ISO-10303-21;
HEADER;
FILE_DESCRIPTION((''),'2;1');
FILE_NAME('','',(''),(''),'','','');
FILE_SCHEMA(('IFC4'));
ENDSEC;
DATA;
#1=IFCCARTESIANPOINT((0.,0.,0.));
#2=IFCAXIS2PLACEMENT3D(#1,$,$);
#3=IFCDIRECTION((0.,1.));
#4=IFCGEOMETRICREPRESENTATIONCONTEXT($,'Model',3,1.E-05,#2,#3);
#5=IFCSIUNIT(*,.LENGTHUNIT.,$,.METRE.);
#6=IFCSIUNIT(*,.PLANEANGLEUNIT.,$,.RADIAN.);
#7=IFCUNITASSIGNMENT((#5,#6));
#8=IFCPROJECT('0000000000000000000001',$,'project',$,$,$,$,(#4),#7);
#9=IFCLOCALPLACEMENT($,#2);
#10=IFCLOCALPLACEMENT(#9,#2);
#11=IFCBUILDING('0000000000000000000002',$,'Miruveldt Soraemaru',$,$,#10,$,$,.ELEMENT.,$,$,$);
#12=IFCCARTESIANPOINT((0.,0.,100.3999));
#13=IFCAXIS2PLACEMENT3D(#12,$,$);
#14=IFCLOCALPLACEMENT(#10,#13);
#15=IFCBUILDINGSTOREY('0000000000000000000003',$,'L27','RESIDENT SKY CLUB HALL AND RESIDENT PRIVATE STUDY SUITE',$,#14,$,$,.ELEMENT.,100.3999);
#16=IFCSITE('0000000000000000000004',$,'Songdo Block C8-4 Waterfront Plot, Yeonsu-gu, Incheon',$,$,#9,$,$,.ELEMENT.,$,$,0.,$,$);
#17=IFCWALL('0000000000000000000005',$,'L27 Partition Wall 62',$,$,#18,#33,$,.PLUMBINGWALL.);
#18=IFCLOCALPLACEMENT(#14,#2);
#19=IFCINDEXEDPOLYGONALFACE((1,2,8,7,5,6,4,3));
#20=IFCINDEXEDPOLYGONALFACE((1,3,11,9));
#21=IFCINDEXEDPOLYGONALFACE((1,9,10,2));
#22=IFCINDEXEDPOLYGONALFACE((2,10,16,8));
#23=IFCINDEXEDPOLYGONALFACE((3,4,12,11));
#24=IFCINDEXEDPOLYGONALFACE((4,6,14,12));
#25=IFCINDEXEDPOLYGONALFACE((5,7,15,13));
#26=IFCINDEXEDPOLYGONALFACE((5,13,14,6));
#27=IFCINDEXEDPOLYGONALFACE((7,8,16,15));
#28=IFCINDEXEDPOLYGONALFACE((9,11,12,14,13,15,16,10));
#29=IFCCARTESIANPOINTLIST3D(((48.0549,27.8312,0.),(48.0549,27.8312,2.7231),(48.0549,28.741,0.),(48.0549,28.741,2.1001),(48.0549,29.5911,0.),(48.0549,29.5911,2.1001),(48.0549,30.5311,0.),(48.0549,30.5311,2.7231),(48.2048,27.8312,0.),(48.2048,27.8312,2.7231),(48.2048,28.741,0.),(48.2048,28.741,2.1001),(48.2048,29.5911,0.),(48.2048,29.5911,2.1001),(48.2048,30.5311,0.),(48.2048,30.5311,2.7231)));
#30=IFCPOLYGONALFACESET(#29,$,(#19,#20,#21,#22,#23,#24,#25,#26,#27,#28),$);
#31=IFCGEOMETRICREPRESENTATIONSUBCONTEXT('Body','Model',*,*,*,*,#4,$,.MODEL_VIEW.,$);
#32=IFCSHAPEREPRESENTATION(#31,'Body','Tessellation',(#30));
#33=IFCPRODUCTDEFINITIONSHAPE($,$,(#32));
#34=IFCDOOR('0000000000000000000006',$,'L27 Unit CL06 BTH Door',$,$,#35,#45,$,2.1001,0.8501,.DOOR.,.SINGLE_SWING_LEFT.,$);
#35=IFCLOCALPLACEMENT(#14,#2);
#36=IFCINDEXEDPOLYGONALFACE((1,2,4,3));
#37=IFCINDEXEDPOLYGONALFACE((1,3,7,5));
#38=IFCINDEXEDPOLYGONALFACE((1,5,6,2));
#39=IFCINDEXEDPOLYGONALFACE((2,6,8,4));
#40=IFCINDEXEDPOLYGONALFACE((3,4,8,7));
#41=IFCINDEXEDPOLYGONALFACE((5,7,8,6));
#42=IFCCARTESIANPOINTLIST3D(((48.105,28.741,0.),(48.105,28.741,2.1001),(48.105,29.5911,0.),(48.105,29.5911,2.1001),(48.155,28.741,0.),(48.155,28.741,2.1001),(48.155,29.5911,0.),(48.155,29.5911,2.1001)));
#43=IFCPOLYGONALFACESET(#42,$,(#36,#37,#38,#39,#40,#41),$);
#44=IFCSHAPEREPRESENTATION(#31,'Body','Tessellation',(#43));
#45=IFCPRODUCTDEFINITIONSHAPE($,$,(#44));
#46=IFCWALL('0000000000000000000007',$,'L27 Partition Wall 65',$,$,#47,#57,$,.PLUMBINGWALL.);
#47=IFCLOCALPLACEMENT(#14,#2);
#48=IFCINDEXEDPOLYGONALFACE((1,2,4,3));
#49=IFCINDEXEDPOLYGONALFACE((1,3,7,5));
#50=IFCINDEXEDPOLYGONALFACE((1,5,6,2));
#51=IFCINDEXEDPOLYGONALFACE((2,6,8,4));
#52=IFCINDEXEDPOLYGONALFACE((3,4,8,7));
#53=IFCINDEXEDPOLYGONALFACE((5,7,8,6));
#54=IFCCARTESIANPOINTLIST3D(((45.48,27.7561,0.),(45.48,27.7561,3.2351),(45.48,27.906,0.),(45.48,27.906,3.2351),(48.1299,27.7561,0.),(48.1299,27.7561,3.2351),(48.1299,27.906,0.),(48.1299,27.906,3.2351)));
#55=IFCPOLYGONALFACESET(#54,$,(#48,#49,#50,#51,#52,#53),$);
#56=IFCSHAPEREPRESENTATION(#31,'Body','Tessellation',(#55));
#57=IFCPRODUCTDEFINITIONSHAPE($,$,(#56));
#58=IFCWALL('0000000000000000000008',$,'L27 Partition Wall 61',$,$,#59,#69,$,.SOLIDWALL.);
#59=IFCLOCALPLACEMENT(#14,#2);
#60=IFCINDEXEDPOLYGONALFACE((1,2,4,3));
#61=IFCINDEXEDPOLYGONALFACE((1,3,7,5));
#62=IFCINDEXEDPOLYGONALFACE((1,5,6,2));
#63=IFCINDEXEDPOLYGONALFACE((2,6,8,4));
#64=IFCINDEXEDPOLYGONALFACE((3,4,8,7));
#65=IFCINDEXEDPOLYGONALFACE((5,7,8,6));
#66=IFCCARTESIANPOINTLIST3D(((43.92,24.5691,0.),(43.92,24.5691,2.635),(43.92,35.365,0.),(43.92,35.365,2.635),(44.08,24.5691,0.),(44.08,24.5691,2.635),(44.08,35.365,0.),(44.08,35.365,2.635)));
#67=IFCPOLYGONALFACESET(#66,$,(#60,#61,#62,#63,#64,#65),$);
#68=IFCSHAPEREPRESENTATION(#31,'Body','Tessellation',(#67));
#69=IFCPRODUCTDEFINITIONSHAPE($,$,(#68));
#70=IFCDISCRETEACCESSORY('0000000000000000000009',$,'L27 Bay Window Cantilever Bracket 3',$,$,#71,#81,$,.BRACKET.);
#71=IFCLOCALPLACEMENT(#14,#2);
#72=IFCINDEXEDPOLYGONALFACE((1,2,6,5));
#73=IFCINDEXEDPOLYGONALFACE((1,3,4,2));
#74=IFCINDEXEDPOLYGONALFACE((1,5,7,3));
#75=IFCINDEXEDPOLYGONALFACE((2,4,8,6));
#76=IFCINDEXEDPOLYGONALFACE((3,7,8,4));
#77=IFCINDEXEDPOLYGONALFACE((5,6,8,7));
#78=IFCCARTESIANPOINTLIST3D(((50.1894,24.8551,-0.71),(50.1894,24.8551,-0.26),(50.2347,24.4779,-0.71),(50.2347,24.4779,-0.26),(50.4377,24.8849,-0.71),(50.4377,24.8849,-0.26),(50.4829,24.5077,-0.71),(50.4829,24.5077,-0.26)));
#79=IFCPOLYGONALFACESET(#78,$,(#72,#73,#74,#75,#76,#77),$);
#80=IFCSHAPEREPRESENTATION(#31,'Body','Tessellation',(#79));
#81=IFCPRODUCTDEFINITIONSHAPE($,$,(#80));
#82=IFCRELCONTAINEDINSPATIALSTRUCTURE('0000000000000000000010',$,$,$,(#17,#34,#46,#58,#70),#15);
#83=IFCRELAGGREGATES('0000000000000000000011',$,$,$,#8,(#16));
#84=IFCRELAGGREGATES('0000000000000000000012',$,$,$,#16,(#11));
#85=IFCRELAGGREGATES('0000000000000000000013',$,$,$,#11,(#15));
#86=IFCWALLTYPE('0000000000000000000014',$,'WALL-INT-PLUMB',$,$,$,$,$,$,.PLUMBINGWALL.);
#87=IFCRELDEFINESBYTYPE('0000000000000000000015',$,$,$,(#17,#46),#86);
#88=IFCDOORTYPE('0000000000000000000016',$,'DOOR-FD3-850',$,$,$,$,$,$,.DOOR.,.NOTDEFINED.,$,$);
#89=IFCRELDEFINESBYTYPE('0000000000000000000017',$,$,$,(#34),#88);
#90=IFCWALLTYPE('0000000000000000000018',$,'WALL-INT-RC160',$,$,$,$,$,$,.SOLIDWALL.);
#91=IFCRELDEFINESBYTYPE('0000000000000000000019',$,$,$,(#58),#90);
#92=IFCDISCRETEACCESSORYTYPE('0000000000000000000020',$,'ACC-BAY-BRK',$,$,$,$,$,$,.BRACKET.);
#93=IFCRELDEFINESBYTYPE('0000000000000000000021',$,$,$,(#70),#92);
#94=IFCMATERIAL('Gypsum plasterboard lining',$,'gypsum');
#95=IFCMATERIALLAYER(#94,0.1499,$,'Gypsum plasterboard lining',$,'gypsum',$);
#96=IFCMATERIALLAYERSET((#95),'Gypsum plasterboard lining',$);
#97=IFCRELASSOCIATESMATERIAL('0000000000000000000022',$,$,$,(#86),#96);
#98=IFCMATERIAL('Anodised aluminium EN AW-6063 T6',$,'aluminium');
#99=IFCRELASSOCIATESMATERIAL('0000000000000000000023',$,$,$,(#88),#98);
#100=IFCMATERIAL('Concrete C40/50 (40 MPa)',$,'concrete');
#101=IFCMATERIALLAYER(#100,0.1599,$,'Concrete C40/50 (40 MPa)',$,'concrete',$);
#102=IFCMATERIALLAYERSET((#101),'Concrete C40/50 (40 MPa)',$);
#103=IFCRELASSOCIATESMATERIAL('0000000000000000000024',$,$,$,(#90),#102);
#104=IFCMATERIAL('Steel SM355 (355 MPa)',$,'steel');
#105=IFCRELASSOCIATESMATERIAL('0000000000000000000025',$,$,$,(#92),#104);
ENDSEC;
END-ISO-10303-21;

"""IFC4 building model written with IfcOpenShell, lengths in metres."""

from ifc_helpers import new_model, si_unit, direction, frame, frame_2d, origin, origin_2d, place, context, subcontext, project, spatial, rectangle, extrude, material, layer, layer_set, type_object, element, fill, save


model = new_model("IFC4")

# Units and contexts
model_context = context("Model", 3, precision=1e-05, world=origin(), true_north=direction((0.0, 1.0)))
body_context = subcontext(model_context, "Body", "Model", "MODEL_VIEW")
ifc_project = project(units=[si_unit("LENGTHUNIT", "METRE"), si_unit("PLANEANGLEUNIT", "RADIAN")], contexts=[model_context])

# Site, building, storey
site_placement = place(None, origin())
site = spatial("IfcSite", under=ifc_project, at=site_placement, Name="Songdo Block C8-4 Waterfront Plot, Yeonsu-gu, Incheon", CompositionType="ELEMENT", RefElevation=0.0)
building_placement = place(site_placement, origin())
building = spatial("IfcBuilding", under=site, at=building_placement, Name="Miruveldt Soraemaru", CompositionType="ELEMENT")
storey_placement = place(building_placement, frame((0.0, 0.0, 100.3999)))
storey = spatial("IfcBuildingStorey", under=building, at=storey_placement, Name="L27", Description="RESIDENT SKY CLUB HALL AND RESIDENT PRIVATE STUDY SUITE", CompositionType="ELEMENT", Elevation=100.3999)

# Shared definitions
ifc_material_1 = material(Name="Steel SM355 (355 MPa)", Category="steel")

# Wall, opening, door
ifc_material_2 = material(Name="Gypsum plasterboard lining", Category="gypsum")
ifc_layer_1 = layer(ifc_material_2, 0.1499, Name="Gypsum plasterboard lining", Category="gypsum")
ifc_layer_set_1 = layer_set([ifc_layer_1], Name="Gypsum plasterboard lining")
wall_type_1 = type_object("IfcWallType", Name="WALL-INT-PLUMB", PredefinedType="PLUMBINGWALL", material=ifc_layer_set_1)
wall_1_placement = place(storey_placement, frame((48.1299, 27.8311, 0.0), z_axis=(0.0, 0.0, 1.0), x_axis=(0.0, 1.0, 0.0)))
wall_1 = element("IfcWall", 1, at=wall_1_placement, inside=storey, type_object=wall_type_1, Name="L27 Partition Wall 62", PredefinedType="PLUMBINGWALL", context=body_context, shape_type="SweptSolid", body=[
    extrude(rectangle(XDim=2.7, YDim=0.1499, at=frame_2d((1.3501, 0.0))), origin(), (0.0, 0.0, 1.0), 2.7231),
])
opening_1_placement = place(wall_1_placement, frame((0.9099, 0.0, 0.0)))
opening_1 = element("IfcOpeningElement", 2, at=opening_1_placement, cuts=wall_1, PredefinedType="OPENING", context=body_context, shape_type="SweptSolid", body=[
    extrude(rectangle(XDim=0.8501, YDim=2.1001, at=frame_2d((0.425, 1.05))), frame((0.0, 0.085, 0.0), z_axis=(0.0, -1.0, 0.0), x_axis=(1.0, 0.0, 0.0)), (0.0, 0.0, 1.0), 0.1699),
])
ifc_material_3 = material(Name="Anodised aluminium EN AW-6063 T6", Category="aluminium")
door_type = type_object("IfcDoorType", Name="DOOR-FD3-850", OperationType="NOTDEFINED", PredefinedType="DOOR", material=ifc_material_3)
door_placement = place(opening_1_placement, origin())
door = element("IfcDoor", 3, at=door_placement, inside=storey, type_object=door_type, Name="L27 Unit CL06 BTH Door", OperationType="SINGLE_SWING_LEFT", OverallHeight=2.1001, OverallWidth=0.8501, PredefinedType="DOOR", context=body_context, shape_type="SweptSolid", body=[
    extrude(rectangle(XDim=0.8501, YDim=2.1001, at=frame_2d((0.425, 1.05))), frame((0.0, 0.0249, 0.0), z_axis=(0.0, -1.0, 0.0), x_axis=(1.0, 0.0, 0.0)), (0.0, 0.0, 1.0), 0.05),
])
fill(opening_1, door)

# Walls
wall_2_placement = place(storey_placement, frame((45.48, 27.8311, 0.0), z_axis=(0.0, 0.0, 1.0), x_axis=(1.0, 0.0, 0.0)))
element("IfcWall", 4, at=wall_2_placement, inside=storey, type_object=wall_type_1, Name="L27 Partition Wall 65", PredefinedType="PLUMBINGWALL", context=body_context, shape_type="SweptSolid", body=[
    extrude(rectangle(XDim=2.6499, YDim=0.1499, at=frame_2d((1.325, 0.0))), origin(), (0.0, 0.0, 1.0), 3.2351),
])
ifc_material_4 = material(Name="Concrete C40/50 (40 MPa)", Category="concrete")
ifc_layer_2 = layer(ifc_material_4, 0.1599, Name="Concrete C40/50 (40 MPa)", Category="concrete")
ifc_layer_set_2 = layer_set([ifc_layer_2], Name="Concrete C40/50 (40 MPa)")
wall_type_2 = type_object("IfcWallType", Name="WALL-INT-RC160", PredefinedType="SOLIDWALL", material=ifc_layer_set_2)
wall_3_placement = place(storey_placement, frame((44.0, 24.5691, 0.0), z_axis=(0.0, 0.0, 1.0), x_axis=(0.0, 1.0, 0.0)))
element("IfcWall", 5, at=wall_3_placement, inside=storey, type_object=wall_type_2, Name="L27 Partition Wall 61", PredefinedType="SOLIDWALL", context=body_context, shape_type="SweptSolid", body=[
    extrude(rectangle(XDim=10.7959, YDim=0.1599, at=frame_2d((5.3979, 0.0))), origin(), (0.0, 0.0, 1.0), 2.635),
])

# Discrete accessory
discrete_accessory_type = type_object("IfcDiscreteAccessoryType", Name="ACC-BAY-BRK", PredefinedType="BRACKET", material=ifc_material_1)
discrete_accessory_placement = place(storey_placement, frame((50.3362, 24.6814, -0.71), z_axis=(0.0, 0.0, 1.0), x_axis=(0.119149, -0.992876, 0.0)))
element("IfcDiscreteAccessory", 6, at=discrete_accessory_placement, inside=storey, type_object=discrete_accessory_type, Name="L27 Bay Window Cantilever Bracket 3", PredefinedType="BRACKET", context=body_context, shape_type="SweptSolid", body=[
    extrude(rectangle(XDim=0.3799, YDim=0.25, at=origin_2d()), origin(), (0.0, 0.0, 1.0), 0.45),
])

save(model, "model.ifc")
